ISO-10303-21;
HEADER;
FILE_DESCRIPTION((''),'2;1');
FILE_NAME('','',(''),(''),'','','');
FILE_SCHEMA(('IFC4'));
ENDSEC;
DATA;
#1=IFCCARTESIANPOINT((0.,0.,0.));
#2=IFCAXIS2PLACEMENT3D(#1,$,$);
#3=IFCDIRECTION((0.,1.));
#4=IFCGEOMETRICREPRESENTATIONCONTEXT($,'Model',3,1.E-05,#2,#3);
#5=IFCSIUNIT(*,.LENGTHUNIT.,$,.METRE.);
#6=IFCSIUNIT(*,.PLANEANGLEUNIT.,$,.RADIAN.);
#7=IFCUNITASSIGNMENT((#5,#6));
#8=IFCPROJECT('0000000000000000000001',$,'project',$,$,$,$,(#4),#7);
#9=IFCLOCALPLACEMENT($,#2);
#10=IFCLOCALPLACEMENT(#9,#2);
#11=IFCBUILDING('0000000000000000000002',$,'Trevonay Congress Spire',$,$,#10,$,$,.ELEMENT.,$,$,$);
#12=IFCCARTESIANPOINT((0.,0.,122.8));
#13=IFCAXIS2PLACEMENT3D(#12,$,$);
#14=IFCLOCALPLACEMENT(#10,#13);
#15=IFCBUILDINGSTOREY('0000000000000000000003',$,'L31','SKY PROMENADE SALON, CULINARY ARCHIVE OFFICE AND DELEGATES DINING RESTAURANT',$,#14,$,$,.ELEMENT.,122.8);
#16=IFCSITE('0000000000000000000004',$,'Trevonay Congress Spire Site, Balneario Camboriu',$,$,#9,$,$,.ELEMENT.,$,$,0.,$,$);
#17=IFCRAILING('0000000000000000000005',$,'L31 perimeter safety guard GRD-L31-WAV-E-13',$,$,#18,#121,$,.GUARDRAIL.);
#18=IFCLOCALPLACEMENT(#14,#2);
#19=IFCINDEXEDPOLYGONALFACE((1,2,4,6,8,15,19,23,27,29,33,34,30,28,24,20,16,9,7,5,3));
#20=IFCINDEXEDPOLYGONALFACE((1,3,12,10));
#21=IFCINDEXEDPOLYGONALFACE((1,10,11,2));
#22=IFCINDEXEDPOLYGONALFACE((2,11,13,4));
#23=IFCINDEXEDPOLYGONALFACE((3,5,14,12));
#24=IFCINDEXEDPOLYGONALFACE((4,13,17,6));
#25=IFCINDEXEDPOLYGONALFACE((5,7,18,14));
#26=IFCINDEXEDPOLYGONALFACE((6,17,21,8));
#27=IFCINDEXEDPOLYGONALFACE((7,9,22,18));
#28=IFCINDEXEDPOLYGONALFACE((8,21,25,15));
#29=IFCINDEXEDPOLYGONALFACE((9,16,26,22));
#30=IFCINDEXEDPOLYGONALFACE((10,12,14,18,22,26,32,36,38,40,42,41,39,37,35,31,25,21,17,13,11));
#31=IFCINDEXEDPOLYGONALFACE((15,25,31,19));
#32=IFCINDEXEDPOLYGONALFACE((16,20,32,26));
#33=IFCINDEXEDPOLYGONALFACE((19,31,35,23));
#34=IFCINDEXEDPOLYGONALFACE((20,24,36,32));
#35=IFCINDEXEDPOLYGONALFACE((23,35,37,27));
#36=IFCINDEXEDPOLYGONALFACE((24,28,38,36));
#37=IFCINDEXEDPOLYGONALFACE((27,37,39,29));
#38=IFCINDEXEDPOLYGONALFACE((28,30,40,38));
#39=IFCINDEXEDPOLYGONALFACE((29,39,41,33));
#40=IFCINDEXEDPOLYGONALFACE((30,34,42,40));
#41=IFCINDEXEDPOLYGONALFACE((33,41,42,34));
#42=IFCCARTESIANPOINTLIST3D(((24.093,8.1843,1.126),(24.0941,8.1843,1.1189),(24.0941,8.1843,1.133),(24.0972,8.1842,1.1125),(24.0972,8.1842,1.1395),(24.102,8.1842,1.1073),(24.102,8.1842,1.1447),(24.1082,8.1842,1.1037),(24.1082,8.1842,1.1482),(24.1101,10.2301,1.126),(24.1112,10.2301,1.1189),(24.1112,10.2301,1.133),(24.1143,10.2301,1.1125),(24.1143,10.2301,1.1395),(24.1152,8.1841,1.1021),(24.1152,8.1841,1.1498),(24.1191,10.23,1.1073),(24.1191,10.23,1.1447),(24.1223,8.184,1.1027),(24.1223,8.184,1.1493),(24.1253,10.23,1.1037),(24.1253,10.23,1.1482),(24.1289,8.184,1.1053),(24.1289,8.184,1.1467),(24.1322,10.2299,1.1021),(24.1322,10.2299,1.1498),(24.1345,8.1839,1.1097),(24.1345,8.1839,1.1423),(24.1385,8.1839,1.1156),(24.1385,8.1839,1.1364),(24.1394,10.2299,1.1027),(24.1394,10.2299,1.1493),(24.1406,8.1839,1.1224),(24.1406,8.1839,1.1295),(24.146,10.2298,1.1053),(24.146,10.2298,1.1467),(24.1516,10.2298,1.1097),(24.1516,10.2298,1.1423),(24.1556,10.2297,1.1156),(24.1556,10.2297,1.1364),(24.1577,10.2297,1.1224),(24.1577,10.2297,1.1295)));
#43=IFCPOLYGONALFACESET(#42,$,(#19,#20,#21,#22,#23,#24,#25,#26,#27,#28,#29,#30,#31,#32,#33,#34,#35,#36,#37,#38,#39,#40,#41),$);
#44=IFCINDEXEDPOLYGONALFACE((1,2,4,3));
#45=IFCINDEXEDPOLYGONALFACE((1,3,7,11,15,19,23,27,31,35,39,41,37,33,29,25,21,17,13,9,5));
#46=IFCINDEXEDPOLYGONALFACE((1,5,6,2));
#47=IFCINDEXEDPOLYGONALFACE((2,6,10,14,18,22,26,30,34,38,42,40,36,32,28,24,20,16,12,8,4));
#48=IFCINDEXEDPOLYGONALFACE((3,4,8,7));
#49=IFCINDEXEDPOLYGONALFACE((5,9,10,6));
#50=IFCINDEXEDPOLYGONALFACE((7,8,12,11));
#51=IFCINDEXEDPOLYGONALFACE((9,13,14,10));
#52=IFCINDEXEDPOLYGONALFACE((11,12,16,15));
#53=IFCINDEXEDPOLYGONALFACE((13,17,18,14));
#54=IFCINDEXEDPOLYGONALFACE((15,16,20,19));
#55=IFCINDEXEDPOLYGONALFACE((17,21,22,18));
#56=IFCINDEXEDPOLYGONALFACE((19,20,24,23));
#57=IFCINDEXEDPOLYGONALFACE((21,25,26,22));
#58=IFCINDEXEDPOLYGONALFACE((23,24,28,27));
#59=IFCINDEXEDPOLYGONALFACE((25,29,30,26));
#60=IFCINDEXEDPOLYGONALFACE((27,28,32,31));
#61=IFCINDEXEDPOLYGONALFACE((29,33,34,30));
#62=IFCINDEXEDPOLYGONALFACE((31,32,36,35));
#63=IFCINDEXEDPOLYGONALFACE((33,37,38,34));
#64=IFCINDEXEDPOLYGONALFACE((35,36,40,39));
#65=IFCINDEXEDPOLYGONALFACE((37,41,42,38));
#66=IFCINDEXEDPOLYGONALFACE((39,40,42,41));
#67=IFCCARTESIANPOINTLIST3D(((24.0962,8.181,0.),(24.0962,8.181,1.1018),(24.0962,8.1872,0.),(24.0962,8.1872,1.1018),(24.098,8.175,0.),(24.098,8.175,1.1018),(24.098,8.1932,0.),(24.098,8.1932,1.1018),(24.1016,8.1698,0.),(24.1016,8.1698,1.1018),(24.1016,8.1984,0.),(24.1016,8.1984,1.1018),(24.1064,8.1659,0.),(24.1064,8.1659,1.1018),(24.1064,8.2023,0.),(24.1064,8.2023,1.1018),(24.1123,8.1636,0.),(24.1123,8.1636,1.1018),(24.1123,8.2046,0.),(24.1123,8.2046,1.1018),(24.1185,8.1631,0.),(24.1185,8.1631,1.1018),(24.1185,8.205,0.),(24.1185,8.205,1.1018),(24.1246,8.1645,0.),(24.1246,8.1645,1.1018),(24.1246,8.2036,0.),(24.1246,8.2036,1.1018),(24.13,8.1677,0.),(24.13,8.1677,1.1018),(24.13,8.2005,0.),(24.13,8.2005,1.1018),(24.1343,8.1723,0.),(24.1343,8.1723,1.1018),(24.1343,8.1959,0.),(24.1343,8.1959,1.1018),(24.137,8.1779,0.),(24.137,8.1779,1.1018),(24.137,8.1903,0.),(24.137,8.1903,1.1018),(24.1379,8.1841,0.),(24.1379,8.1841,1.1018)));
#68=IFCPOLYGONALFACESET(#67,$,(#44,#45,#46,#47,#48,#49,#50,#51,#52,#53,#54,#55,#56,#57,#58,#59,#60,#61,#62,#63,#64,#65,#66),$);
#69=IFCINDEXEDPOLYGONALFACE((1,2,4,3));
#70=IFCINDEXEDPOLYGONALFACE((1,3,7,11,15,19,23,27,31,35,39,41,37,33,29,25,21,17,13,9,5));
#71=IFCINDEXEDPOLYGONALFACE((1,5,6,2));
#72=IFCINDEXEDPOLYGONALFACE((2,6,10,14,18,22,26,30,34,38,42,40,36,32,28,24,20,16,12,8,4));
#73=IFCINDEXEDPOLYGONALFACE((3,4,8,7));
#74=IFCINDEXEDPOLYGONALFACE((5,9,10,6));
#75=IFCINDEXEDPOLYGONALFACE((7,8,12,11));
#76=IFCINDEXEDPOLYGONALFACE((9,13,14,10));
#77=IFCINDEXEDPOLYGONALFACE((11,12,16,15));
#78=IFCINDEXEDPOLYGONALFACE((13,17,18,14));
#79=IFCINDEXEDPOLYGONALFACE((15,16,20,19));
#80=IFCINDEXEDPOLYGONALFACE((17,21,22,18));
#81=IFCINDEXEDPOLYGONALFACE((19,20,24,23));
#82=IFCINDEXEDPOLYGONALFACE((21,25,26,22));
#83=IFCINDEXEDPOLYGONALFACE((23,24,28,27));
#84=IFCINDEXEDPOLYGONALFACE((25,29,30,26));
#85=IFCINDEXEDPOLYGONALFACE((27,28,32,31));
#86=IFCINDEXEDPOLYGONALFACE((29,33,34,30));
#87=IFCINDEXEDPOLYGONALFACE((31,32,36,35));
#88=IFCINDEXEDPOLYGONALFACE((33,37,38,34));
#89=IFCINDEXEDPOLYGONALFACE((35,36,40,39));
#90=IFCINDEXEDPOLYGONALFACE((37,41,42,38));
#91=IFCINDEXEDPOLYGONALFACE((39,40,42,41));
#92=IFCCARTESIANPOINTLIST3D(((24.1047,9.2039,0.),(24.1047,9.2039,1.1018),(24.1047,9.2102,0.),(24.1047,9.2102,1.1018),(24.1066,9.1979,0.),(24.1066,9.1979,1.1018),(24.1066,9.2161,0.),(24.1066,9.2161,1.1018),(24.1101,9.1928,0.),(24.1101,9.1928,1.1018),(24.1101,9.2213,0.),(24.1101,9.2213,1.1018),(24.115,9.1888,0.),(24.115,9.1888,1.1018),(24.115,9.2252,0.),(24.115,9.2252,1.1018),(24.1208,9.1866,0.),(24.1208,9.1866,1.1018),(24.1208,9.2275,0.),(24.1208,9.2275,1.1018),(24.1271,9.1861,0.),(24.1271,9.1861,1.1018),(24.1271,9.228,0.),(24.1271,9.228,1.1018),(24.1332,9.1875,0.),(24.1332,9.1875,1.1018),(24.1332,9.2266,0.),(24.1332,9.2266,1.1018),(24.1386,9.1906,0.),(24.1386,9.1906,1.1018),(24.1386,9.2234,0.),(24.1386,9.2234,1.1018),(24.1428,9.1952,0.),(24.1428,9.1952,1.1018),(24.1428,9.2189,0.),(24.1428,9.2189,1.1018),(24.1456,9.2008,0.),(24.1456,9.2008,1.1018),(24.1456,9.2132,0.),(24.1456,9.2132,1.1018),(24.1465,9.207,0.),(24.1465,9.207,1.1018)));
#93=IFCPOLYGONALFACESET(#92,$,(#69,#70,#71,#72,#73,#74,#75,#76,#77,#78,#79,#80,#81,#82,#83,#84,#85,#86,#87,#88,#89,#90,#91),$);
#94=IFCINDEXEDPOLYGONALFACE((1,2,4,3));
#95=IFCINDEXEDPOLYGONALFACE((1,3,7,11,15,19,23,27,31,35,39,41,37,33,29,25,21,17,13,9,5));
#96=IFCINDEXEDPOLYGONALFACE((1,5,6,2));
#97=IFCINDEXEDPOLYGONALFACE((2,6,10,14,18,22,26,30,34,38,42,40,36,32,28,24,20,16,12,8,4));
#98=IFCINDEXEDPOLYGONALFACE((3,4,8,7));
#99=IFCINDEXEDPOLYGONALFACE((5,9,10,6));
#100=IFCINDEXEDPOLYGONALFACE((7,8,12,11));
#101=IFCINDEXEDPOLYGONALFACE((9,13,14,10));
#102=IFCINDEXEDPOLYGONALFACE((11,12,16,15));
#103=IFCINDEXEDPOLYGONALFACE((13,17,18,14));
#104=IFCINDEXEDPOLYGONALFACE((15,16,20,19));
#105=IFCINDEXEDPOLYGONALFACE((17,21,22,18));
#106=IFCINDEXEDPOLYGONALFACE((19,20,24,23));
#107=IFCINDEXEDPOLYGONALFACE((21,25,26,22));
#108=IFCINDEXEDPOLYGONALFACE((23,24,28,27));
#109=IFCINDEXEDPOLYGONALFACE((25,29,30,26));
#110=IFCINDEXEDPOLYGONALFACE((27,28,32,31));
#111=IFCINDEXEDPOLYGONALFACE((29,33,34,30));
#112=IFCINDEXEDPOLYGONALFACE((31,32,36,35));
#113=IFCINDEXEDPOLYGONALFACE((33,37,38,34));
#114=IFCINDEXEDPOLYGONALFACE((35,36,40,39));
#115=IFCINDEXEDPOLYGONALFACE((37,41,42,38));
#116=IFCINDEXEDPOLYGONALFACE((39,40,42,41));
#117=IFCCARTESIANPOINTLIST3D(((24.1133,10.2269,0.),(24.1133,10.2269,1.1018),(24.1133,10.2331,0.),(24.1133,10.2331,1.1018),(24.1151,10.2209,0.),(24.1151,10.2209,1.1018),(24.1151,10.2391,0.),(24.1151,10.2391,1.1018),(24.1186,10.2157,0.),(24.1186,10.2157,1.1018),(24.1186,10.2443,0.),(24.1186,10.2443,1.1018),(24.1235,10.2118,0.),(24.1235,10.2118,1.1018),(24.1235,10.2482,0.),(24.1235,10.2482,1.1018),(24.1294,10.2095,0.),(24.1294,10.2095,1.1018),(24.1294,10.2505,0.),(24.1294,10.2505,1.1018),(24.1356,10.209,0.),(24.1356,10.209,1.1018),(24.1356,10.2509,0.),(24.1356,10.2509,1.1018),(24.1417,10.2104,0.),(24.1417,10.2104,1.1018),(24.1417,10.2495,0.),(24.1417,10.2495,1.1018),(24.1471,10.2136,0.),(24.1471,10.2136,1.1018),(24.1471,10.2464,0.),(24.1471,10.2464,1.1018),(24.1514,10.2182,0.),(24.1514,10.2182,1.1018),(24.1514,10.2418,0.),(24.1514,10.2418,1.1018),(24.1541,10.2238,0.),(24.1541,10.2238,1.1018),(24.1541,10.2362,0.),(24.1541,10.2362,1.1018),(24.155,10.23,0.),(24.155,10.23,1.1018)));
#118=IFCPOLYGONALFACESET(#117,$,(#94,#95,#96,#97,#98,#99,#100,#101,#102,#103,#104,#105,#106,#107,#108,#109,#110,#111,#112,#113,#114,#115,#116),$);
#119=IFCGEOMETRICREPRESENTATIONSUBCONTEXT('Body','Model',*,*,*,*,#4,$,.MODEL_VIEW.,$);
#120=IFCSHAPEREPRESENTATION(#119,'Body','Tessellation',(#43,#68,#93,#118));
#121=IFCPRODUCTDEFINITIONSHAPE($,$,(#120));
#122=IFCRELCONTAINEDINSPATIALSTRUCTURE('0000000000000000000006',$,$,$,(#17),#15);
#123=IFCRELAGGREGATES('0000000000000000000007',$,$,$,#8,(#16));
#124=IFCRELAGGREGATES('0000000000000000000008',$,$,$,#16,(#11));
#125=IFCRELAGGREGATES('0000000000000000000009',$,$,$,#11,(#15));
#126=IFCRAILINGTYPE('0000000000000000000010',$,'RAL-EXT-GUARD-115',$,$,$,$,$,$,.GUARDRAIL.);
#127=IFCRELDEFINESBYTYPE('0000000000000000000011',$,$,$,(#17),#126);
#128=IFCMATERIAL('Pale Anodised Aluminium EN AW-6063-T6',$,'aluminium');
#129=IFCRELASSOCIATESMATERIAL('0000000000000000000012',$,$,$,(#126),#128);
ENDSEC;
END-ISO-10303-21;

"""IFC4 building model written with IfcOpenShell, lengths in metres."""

from ifc_helpers import new_model, si_unit, direction, frame, origin, origin_2d, place, context, subcontext, project, spatial, circle, extrude, material, type_object, element, save


model = new_model("IFC4")

# Units and contexts
model_context = context("Model", 3, precision=1e-05, world=origin(), true_north=direction((0.0, 1.0)))
body_context = subcontext(model_context, "Body", "Model", "MODEL_VIEW")
ifc_project = project(units=[si_unit("LENGTHUNIT", "METRE"), si_unit("PLANEANGLEUNIT", "RADIAN")], contexts=[model_context])

# Site, building, storey
site_placement = place(None, origin())
site = spatial("IfcSite", under=ifc_project, at=site_placement, Name="Trevonay Congress Spire Site, Balneario Camboriu", CompositionType="ELEMENT", RefElevation=0.0)
building_placement = place(site_placement, origin())
building = spatial("IfcBuilding", under=site, at=building_placement, Name="Trevonay Congress Spire", CompositionType="ELEMENT")
storey_placement = place(building_placement, frame((0.0, 0.0, 122.8)))
storey = spatial("IfcBuildingStorey", under=building, at=storey_placement, Name="L31", Description="SKY PROMENADE SALON, CULINARY ARCHIVE OFFICE AND DELEGATES DINING RESTAURANT", CompositionType="ELEMENT", Elevation=122.8)

# Shared definitions
ifc_material_1 = material(Name="Pale Anodised Aluminium EN AW-6063-T6", Category="aluminium")

# Railing
railing_type = type_object("IfcRailingType", Name="RAL-EXT-GUARD-115", PredefinedType="GUARDRAIL", material=ifc_material_1)
railing_1_placement = place(storey_placement, frame((24.1169, 8.1841, 0.0)))
element("IfcRailing", 1, at=railing_1_placement, inside=storey, type_object=railing_type, Name="L31 perimeter safety guard GRD-L31-WAV-E-13", PredefinedType="GUARDRAIL", context=body_context, shape_type="SweptSolid", body=[
    extrude(circle(Radius=0.0239, at=origin_2d()), frame((0.0, 0.0, 1.126), z_axis=(0.008353, 0.999965, 0.0), x_axis=(-0.999965, 0.008353, 0.0)), (0.0, 0.0, 1.0), 2.0459),
    extrude(circle(Radius=0.021, at=origin_2d()), origin(), (0.0, 0.0, 1.0), 1.1018),
    extrude(circle(Radius=0.021, at=origin_2d()), frame((0.0085, 1.0229, 0.0)), (0.0, 0.0, 1.0), 1.1018),
    extrude(circle(Radius=0.021, at=origin_2d()), frame((0.0171, 2.0459, 0.0)), (0.0, 0.0, 1.0), 1.1018),
])

save(model, "model.ifc")
